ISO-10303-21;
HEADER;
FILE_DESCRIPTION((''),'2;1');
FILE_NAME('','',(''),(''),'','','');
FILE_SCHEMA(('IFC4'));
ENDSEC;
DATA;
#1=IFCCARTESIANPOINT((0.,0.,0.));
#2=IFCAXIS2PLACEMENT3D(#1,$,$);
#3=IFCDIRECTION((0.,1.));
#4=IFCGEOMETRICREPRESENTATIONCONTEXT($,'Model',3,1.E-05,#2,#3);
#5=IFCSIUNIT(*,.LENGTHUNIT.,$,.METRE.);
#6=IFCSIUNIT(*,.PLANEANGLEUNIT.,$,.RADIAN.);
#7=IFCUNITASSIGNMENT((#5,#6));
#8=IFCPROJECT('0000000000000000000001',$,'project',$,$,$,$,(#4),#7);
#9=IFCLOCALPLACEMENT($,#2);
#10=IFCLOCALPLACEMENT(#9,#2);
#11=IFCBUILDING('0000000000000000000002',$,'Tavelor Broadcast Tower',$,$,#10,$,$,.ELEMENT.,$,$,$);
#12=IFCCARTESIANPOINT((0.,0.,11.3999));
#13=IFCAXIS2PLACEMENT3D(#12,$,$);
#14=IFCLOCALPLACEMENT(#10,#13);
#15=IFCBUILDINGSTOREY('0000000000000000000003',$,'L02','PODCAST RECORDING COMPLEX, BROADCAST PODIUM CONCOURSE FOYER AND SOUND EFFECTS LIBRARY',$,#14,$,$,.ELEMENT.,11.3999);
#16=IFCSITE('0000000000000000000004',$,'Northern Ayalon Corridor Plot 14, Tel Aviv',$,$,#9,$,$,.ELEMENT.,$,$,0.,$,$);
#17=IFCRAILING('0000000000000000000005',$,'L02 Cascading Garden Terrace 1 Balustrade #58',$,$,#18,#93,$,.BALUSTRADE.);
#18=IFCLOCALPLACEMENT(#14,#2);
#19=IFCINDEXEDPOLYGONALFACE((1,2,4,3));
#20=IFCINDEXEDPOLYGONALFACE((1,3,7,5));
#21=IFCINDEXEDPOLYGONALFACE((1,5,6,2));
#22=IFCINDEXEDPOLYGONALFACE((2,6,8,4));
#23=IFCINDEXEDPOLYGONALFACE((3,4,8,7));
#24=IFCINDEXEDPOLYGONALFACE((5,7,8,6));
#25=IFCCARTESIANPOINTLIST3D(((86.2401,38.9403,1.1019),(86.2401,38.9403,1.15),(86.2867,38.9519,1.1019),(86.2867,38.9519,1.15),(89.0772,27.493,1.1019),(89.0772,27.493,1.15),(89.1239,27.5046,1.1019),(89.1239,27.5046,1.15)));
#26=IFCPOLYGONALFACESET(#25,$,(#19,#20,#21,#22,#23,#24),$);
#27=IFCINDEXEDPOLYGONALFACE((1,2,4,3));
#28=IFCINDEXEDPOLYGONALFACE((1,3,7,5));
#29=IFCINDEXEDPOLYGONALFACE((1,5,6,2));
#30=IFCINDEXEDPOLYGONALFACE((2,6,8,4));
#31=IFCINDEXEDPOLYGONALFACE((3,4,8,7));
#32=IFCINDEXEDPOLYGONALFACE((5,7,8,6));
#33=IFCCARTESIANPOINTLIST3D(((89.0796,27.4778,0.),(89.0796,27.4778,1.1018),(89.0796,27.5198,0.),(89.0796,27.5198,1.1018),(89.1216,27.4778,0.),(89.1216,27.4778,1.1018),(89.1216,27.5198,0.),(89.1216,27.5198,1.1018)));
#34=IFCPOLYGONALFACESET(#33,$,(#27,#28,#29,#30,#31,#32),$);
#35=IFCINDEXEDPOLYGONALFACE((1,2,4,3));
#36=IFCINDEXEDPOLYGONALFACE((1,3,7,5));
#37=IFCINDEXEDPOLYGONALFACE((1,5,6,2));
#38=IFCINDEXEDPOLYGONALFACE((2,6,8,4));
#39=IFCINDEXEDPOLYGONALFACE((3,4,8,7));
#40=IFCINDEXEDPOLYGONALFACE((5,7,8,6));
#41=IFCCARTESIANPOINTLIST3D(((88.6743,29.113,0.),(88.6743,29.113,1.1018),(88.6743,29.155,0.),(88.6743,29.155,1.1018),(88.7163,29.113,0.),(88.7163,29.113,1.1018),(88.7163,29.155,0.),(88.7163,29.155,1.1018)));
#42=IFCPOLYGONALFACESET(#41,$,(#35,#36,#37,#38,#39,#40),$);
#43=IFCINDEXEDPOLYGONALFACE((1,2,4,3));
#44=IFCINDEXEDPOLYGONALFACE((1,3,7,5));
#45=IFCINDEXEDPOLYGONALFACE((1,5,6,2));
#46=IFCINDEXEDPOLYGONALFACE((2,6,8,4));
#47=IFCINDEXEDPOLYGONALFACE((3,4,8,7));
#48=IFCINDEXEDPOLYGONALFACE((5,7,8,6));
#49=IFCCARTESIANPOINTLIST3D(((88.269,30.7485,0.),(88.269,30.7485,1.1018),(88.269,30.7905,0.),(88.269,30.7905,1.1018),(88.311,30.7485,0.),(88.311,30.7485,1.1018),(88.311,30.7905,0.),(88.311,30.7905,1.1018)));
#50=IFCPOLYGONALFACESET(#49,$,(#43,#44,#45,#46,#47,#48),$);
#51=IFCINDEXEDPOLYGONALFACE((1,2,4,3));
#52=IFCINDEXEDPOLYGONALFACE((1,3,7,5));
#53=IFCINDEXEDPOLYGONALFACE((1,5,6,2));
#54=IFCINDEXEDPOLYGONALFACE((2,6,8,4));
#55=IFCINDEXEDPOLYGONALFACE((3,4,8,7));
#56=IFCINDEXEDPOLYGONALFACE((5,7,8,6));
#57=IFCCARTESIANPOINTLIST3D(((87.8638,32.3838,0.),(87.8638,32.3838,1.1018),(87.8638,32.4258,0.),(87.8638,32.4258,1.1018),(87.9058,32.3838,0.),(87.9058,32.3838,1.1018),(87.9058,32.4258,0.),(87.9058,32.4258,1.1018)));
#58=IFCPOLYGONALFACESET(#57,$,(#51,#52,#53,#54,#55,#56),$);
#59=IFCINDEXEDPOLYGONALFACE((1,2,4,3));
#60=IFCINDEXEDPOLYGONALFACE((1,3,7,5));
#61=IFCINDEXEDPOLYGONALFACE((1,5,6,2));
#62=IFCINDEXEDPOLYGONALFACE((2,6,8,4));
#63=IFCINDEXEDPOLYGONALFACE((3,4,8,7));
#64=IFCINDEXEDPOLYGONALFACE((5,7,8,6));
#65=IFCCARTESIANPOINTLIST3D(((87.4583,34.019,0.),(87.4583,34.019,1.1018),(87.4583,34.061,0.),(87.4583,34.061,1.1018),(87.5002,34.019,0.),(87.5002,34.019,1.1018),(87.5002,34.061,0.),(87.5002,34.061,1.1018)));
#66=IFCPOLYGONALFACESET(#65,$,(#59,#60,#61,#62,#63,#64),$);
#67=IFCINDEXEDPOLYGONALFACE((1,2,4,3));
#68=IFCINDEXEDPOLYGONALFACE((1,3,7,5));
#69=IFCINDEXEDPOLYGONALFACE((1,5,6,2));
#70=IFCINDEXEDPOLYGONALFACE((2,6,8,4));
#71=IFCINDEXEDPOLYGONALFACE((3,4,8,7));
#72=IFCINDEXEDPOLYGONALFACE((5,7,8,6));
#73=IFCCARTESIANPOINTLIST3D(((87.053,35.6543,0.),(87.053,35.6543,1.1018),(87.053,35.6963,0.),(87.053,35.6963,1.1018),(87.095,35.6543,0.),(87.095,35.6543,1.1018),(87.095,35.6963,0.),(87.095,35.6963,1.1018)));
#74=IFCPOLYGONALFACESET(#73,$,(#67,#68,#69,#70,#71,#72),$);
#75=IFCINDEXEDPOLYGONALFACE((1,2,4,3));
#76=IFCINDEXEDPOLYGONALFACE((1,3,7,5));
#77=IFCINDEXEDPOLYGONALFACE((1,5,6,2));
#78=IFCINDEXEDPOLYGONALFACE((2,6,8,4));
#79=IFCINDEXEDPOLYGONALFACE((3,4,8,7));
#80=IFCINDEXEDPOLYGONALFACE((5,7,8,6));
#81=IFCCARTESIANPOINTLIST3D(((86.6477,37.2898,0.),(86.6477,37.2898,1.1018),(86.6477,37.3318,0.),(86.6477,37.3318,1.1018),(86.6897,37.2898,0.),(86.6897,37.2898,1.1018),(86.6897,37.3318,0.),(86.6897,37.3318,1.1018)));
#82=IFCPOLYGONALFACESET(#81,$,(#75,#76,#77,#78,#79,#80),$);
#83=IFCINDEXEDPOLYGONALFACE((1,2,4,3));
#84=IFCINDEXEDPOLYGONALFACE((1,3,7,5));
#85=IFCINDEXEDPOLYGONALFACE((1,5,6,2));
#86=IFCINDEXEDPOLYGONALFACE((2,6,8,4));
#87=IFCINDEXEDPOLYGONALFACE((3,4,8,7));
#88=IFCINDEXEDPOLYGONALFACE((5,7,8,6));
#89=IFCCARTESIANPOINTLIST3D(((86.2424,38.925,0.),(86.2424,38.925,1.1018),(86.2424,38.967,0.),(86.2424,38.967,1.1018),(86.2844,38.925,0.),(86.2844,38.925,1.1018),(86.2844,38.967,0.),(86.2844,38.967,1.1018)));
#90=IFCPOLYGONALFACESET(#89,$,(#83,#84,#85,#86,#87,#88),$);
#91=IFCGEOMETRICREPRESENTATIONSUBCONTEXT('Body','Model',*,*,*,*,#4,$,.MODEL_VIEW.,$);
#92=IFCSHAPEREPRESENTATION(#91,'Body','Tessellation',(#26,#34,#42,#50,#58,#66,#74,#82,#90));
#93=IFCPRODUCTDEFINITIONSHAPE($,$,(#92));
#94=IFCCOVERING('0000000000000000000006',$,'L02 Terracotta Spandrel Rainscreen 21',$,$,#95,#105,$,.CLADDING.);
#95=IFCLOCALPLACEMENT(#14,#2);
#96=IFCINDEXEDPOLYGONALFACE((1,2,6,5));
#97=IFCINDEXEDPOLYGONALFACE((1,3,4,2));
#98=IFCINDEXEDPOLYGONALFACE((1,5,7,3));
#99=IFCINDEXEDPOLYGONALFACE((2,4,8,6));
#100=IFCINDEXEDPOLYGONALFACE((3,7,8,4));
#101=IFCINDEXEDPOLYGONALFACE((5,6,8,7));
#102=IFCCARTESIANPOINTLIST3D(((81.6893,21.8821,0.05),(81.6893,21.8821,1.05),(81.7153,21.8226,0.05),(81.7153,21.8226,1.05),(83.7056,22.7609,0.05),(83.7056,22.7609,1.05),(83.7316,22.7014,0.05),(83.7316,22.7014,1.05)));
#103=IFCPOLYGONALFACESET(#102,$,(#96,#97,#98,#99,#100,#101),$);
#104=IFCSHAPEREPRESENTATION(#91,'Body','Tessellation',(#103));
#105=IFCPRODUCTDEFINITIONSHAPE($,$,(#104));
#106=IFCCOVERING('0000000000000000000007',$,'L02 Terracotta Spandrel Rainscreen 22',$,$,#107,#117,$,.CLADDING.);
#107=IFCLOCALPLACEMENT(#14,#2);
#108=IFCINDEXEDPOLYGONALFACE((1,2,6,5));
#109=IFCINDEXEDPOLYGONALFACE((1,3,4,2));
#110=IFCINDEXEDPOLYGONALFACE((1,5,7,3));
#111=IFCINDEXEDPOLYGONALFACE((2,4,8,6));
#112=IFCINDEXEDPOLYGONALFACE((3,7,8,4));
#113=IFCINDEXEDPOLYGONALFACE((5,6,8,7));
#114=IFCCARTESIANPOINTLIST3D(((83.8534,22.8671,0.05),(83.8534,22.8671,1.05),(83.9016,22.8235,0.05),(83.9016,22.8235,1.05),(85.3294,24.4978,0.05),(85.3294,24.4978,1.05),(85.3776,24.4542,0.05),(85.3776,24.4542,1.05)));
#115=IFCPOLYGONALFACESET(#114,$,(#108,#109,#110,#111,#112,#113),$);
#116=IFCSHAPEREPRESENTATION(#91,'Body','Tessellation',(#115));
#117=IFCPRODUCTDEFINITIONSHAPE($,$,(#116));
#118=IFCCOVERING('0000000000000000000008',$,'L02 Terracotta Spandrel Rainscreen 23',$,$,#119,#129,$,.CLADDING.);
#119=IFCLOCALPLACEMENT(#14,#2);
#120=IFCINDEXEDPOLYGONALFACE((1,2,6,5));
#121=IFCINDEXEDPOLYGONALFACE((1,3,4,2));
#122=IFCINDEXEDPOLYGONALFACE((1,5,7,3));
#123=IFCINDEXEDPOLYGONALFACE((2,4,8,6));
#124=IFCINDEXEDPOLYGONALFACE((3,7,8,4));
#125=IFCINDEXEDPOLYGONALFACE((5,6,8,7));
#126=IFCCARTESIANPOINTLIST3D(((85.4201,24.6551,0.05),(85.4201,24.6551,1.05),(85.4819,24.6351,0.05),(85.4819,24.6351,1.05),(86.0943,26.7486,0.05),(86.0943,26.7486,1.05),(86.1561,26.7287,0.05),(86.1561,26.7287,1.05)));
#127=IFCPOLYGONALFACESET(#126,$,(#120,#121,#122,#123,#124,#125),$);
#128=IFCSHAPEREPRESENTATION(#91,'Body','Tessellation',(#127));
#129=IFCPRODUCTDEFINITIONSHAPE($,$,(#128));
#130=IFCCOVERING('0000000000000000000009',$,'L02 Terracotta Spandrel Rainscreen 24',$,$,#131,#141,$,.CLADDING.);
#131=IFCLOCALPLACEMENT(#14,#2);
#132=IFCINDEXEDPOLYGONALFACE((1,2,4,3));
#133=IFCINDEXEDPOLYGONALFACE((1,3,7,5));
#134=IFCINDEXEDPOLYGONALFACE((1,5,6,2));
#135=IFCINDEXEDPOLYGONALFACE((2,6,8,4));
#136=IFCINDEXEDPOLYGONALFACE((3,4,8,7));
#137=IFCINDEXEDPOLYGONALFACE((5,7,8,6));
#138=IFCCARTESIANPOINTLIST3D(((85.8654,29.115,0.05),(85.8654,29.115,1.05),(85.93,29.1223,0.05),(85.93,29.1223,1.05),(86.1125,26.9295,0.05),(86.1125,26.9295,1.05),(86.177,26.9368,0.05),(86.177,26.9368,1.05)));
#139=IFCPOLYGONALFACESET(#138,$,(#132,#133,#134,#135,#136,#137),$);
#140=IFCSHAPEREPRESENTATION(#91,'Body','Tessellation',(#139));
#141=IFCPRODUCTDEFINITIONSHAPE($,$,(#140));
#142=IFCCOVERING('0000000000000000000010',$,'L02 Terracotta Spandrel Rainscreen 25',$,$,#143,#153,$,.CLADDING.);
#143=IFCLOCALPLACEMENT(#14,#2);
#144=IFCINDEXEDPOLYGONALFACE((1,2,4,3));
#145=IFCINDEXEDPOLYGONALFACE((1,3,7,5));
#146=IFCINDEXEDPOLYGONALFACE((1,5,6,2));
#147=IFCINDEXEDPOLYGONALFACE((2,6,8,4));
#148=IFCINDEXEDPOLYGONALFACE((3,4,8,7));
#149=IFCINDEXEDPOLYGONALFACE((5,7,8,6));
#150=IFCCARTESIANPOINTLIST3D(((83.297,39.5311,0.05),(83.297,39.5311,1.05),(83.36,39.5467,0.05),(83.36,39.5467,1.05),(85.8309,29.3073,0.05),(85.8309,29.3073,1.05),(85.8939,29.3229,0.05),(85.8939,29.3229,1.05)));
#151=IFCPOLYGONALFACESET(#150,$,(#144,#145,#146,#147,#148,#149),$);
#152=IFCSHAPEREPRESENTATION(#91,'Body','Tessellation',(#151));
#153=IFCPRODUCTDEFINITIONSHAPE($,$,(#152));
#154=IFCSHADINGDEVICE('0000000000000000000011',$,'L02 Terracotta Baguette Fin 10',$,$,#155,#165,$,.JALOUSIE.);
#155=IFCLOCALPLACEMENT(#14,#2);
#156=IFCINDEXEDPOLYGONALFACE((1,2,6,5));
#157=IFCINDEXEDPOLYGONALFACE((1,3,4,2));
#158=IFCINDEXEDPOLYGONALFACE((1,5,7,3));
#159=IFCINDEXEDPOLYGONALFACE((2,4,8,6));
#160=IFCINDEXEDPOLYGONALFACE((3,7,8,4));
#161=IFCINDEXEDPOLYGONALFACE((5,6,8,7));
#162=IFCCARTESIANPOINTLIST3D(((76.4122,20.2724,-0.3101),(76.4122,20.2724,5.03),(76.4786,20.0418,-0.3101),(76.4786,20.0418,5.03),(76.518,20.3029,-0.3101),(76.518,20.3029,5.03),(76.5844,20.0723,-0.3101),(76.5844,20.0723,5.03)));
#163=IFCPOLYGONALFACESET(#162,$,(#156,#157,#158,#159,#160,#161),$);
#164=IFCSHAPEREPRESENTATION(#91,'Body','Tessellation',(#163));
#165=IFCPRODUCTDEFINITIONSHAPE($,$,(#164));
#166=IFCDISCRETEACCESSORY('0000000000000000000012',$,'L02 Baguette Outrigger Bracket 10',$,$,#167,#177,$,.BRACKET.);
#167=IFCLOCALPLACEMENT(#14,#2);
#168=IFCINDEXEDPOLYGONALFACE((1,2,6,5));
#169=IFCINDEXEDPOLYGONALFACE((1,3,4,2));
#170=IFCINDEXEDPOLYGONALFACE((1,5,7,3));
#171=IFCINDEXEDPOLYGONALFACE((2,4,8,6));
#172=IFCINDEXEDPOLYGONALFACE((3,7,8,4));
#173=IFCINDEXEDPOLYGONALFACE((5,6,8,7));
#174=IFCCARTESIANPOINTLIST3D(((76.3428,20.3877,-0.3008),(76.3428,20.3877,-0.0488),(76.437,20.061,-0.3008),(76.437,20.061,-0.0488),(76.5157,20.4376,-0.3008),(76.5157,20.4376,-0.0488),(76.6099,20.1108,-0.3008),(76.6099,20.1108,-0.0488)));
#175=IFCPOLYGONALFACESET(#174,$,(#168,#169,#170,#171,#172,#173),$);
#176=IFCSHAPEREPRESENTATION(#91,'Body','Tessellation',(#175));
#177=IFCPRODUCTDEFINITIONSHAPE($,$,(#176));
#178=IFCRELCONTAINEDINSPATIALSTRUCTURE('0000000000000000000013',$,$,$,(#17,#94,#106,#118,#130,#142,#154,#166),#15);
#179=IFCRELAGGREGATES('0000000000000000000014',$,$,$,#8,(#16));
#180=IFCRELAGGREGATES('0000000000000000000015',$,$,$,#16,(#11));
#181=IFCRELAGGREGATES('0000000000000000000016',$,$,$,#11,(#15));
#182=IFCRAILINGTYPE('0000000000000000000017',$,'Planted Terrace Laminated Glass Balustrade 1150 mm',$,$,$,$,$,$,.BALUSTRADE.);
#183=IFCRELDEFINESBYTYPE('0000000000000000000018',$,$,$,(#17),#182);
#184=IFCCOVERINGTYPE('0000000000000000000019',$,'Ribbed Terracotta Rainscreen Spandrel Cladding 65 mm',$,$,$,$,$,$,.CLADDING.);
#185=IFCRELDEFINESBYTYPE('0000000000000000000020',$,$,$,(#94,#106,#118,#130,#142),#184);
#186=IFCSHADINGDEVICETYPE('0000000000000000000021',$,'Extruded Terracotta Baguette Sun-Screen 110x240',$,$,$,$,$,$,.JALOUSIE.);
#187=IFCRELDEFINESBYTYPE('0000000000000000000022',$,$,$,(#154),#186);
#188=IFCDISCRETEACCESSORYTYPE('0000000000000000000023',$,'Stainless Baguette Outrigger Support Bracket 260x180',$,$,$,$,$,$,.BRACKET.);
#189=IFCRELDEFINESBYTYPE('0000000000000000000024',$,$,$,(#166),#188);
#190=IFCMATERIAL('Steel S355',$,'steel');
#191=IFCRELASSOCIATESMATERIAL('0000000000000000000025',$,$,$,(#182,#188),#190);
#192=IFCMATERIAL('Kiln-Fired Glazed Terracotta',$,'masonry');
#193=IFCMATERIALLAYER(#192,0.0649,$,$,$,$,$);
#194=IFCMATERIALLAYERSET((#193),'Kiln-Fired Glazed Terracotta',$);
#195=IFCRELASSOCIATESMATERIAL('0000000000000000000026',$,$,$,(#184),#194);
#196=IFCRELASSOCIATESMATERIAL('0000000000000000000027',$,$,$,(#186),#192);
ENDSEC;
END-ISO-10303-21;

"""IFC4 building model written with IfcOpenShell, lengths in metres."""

from ifc_helpers import new_model, si_unit, direction, frame, origin, origin_2d, place, context, subcontext, project, spatial, rectangle, extrude, source, transform, mapped, material, layer, layer_set, type_object, type_shapes, element, save


model = new_model("IFC4")

# Units and contexts
model_context = context("Model", 3, precision=1e-05, world=origin(), true_north=direction((0.0, 1.0)))
body_context = subcontext(model_context, "Body", "Model", "MODEL_VIEW")
ifc_project = project(units=[si_unit("LENGTHUNIT", "METRE"), si_unit("PLANEANGLEUNIT", "RADIAN")], contexts=[model_context])

# Site, building, storey
site_placement = place(None, origin())
site = spatial("IfcSite", under=ifc_project, at=site_placement, Name="Northern Ayalon Corridor Plot 14, Tel Aviv", CompositionType="ELEMENT", RefElevation=0.0)
building_placement = place(site_placement, origin())
building = spatial("IfcBuilding", under=site, at=building_placement, Name="Tavelor Broadcast Tower", CompositionType="ELEMENT")
storey_placement = place(building_placement, frame((0.0, 0.0, 11.3999)))
storey = spatial("IfcBuildingStorey", under=building, at=storey_placement, Name="L02", Description="PODCAST RECORDING COMPLEX, BROADCAST PODIUM CONCOURSE FOYER AND SOUND EFFECTS LIBRARY", CompositionType="ELEMENT", Elevation=11.3999)

# Shared definitions
ifc_material_1 = material(Name="Steel S355", Category="steel")

# Railing
railing_type = type_object("IfcRailingType", Name="Planted Terrace Laminated Glass Balustrade 1150 mm", PredefinedType="BALUSTRADE", material=ifc_material_1)
railing_1_placement = place(storey_placement, frame((89.1006, 27.4988, 0.0)))
element("IfcRailing", 1, at=railing_1_placement, inside=storey, type_object=railing_type, Name="L02 Cascading Garden Terrace 1 Balustrade #58", PredefinedType="BALUSTRADE", context=body_context, shape_type="SweptSolid", body=[
    extrude(rectangle(XDim=0.0481, YDim=0.0481, at=origin_2d()), frame((0.0, 0.0, 1.126), z_axis=(-0.240567, 0.970632, 0.0), x_axis=(-0.970632, -0.240567, 0.0)), (0.0, 0.0, 1.0), 11.7937),
    extrude(rectangle(XDim=0.042, YDim=0.042, at=origin_2d()), origin(), (0.0, 0.0, 1.0), 1.1018),
    extrude(rectangle(XDim=0.042, YDim=0.042, at=origin_2d()), frame((-0.4053, 1.6353, 0.0)), (0.0, 0.0, 1.0), 1.1018),
    extrude(rectangle(XDim=0.042, YDim=0.042, at=origin_2d()), frame((-0.8105, 3.2708, 0.0)), (0.0, 0.0, 1.0), 1.1018),
    extrude(rectangle(XDim=0.042, YDim=0.042, at=origin_2d()), frame((-1.2158, 4.906, 0.0)), (0.0, 0.0, 1.0), 1.1018),
    extrude(rectangle(XDim=0.042, YDim=0.042, at=origin_2d()), frame((-1.6213, 6.5413, 0.0)), (0.0, 0.0, 1.0), 1.1018),
    extrude(rectangle(XDim=0.042, YDim=0.042, at=origin_2d()), frame((-2.0266, 8.1765, 0.0)), (0.0, 0.0, 1.0), 1.1018),
    extrude(rectangle(XDim=0.042, YDim=0.042, at=origin_2d()), frame((-2.4319, 9.812, 0.0)), (0.0, 0.0, 1.0), 1.1018),
    extrude(rectangle(XDim=0.042, YDim=0.042, at=origin_2d()), frame((-2.8372, 11.4473, 0.0)), (0.0, 0.0, 1.0), 1.1018),
])

# Coverings
ifc_material_2 = material(Name="Kiln-Fired Glazed Terracotta", Category="masonry")
ifc_layer_1 = layer(ifc_material_2, 0.0649)
ifc_layer_set_1 = layer_set([ifc_layer_1], Name="Kiln-Fired Glazed Terracotta")
covering_type = type_object("IfcCoveringType", Name="Ribbed Terracotta Rainscreen Spandrel Cladding 65 mm", PredefinedType="CLADDING", material=ifc_layer_set_1)
for number, where, z_axis, x_axis, name in (
    (2, (82.7104, 22.2917, 0.05), (0.0, 0.0, 1.0), (0.916712, 0.399549, 0.0), "L02 Terracotta Spandrel Rainscreen 21"),
    (3, (84.6155, 23.6606, 0.05), (0.0, 0.0, 1.0), (0.671074, 0.741391, 0.0), "L02 Terracotta Spandrel Rainscreen 22"),
    (4, (85.7881, 25.6919, 0.05), (0.0, 0.0, 1.0), (0.306526, 0.951862, 0.0), "L02 Terracotta Spandrel Rainscreen 23"),
    (5, (86.0212, 28.0259, 0.05), (0.0, 0.0, 1.0), (-0.112336, 0.99367, 0.0), "L02 Terracotta Spandrel Rainscreen 24"),
):
    element("IfcCovering", number, at=place(storey_placement, frame(where, z_axis=z_axis, x_axis=x_axis)), inside=storey, type_object=covering_type, Name=name, PredefinedType="CLADDING", context=body_context, shape_type="SweptSolid", body=[
        extrude(rectangle(XDim=2.1995, YDim=0.0649, at=origin_2d()), origin(), (0.0, 0.0, 1.0), 1.0),
    ])
covering_placement = place(storey_placement, frame((84.5955, 34.427, 0.05), z_axis=(0.0, 0.0, 1.0), x_axis=(-0.240567, 0.970633, 0.0)))
element("IfcCovering", 6, at=covering_placement, inside=storey, type_object=covering_type, Name="L02 Terracotta Spandrel Rainscreen 25", PredefinedType="CLADDING", context=body_context, shape_type="SweptSolid", body=[
    extrude(rectangle(XDim=10.5332, YDim=0.0649, at=origin_2d()), origin(), (0.0, 0.0, 1.0), 1.0),
])

# Shading device
shading_device_type = type_object("IfcShadingDeviceType", Name="Extruded Terracotta Baguette Sun-Screen 110x240", PredefinedType="JALOUSIE", material=ifc_material_2)
shared_shape_1 = source(origin(), body_context, "Body", "SweptSolid", [
    extrude(rectangle(XDim=0.1101, YDim=0.24, at=origin_2d()), origin(), (0.0, 0.0, 1.0), 5.3401),
])
type_shapes(shading_device_type, [shared_shape_1])
shading_device_placement = place(storey_placement, frame((76.4983, 20.1724, -0.3101), z_axis=(0.0, 0.0, 1.0), x_axis=(0.960876, 0.276979, 0.0)))
element("IfcShadingDevice", 7, at=shading_device_placement, inside=storey, type_object=shading_device_type, Name="L02 Terracotta Baguette Fin 10", PredefinedType="JALOUSIE", context=body_context, shape_type="MappedRepresentation", body=[
    mapped(shared_shape_1, transform((0.0, 0.0, 0.0), scale=1.0)),
])

# Discrete accessory
discrete_accessory_type = type_object("IfcDiscreteAccessoryType", Name="Stainless Baguette Outrigger Support Bracket 260x180", PredefinedType="BRACKET", material=ifc_material_1)
shared_shape_2 = source(origin(), body_context, "Body", "SweptSolid", [
    extrude(rectangle(XDim=0.1799, YDim=0.3401, at=origin_2d()), origin(), (0.0, 0.0, 1.0), 0.252),
])
type_shapes(discrete_accessory_type, [shared_shape_2])
discrete_accessory_placement = place(storey_placement, frame((76.4763, 20.2493, -0.3008), z_axis=(0.0, 0.0, 1.0), x_axis=(0.960876, 0.276979, 0.0)))
element("IfcDiscreteAccessory", 8, at=discrete_accessory_placement, inside=storey, type_object=discrete_accessory_type, Name="L02 Baguette Outrigger Bracket 10", PredefinedType="BRACKET", context=body_context, shape_type="MappedRepresentation", body=[
    mapped(shared_shape_2, transform((0.0, 0.0, 0.0), scale=1.0)),
])

save(model, "model.ifc")
